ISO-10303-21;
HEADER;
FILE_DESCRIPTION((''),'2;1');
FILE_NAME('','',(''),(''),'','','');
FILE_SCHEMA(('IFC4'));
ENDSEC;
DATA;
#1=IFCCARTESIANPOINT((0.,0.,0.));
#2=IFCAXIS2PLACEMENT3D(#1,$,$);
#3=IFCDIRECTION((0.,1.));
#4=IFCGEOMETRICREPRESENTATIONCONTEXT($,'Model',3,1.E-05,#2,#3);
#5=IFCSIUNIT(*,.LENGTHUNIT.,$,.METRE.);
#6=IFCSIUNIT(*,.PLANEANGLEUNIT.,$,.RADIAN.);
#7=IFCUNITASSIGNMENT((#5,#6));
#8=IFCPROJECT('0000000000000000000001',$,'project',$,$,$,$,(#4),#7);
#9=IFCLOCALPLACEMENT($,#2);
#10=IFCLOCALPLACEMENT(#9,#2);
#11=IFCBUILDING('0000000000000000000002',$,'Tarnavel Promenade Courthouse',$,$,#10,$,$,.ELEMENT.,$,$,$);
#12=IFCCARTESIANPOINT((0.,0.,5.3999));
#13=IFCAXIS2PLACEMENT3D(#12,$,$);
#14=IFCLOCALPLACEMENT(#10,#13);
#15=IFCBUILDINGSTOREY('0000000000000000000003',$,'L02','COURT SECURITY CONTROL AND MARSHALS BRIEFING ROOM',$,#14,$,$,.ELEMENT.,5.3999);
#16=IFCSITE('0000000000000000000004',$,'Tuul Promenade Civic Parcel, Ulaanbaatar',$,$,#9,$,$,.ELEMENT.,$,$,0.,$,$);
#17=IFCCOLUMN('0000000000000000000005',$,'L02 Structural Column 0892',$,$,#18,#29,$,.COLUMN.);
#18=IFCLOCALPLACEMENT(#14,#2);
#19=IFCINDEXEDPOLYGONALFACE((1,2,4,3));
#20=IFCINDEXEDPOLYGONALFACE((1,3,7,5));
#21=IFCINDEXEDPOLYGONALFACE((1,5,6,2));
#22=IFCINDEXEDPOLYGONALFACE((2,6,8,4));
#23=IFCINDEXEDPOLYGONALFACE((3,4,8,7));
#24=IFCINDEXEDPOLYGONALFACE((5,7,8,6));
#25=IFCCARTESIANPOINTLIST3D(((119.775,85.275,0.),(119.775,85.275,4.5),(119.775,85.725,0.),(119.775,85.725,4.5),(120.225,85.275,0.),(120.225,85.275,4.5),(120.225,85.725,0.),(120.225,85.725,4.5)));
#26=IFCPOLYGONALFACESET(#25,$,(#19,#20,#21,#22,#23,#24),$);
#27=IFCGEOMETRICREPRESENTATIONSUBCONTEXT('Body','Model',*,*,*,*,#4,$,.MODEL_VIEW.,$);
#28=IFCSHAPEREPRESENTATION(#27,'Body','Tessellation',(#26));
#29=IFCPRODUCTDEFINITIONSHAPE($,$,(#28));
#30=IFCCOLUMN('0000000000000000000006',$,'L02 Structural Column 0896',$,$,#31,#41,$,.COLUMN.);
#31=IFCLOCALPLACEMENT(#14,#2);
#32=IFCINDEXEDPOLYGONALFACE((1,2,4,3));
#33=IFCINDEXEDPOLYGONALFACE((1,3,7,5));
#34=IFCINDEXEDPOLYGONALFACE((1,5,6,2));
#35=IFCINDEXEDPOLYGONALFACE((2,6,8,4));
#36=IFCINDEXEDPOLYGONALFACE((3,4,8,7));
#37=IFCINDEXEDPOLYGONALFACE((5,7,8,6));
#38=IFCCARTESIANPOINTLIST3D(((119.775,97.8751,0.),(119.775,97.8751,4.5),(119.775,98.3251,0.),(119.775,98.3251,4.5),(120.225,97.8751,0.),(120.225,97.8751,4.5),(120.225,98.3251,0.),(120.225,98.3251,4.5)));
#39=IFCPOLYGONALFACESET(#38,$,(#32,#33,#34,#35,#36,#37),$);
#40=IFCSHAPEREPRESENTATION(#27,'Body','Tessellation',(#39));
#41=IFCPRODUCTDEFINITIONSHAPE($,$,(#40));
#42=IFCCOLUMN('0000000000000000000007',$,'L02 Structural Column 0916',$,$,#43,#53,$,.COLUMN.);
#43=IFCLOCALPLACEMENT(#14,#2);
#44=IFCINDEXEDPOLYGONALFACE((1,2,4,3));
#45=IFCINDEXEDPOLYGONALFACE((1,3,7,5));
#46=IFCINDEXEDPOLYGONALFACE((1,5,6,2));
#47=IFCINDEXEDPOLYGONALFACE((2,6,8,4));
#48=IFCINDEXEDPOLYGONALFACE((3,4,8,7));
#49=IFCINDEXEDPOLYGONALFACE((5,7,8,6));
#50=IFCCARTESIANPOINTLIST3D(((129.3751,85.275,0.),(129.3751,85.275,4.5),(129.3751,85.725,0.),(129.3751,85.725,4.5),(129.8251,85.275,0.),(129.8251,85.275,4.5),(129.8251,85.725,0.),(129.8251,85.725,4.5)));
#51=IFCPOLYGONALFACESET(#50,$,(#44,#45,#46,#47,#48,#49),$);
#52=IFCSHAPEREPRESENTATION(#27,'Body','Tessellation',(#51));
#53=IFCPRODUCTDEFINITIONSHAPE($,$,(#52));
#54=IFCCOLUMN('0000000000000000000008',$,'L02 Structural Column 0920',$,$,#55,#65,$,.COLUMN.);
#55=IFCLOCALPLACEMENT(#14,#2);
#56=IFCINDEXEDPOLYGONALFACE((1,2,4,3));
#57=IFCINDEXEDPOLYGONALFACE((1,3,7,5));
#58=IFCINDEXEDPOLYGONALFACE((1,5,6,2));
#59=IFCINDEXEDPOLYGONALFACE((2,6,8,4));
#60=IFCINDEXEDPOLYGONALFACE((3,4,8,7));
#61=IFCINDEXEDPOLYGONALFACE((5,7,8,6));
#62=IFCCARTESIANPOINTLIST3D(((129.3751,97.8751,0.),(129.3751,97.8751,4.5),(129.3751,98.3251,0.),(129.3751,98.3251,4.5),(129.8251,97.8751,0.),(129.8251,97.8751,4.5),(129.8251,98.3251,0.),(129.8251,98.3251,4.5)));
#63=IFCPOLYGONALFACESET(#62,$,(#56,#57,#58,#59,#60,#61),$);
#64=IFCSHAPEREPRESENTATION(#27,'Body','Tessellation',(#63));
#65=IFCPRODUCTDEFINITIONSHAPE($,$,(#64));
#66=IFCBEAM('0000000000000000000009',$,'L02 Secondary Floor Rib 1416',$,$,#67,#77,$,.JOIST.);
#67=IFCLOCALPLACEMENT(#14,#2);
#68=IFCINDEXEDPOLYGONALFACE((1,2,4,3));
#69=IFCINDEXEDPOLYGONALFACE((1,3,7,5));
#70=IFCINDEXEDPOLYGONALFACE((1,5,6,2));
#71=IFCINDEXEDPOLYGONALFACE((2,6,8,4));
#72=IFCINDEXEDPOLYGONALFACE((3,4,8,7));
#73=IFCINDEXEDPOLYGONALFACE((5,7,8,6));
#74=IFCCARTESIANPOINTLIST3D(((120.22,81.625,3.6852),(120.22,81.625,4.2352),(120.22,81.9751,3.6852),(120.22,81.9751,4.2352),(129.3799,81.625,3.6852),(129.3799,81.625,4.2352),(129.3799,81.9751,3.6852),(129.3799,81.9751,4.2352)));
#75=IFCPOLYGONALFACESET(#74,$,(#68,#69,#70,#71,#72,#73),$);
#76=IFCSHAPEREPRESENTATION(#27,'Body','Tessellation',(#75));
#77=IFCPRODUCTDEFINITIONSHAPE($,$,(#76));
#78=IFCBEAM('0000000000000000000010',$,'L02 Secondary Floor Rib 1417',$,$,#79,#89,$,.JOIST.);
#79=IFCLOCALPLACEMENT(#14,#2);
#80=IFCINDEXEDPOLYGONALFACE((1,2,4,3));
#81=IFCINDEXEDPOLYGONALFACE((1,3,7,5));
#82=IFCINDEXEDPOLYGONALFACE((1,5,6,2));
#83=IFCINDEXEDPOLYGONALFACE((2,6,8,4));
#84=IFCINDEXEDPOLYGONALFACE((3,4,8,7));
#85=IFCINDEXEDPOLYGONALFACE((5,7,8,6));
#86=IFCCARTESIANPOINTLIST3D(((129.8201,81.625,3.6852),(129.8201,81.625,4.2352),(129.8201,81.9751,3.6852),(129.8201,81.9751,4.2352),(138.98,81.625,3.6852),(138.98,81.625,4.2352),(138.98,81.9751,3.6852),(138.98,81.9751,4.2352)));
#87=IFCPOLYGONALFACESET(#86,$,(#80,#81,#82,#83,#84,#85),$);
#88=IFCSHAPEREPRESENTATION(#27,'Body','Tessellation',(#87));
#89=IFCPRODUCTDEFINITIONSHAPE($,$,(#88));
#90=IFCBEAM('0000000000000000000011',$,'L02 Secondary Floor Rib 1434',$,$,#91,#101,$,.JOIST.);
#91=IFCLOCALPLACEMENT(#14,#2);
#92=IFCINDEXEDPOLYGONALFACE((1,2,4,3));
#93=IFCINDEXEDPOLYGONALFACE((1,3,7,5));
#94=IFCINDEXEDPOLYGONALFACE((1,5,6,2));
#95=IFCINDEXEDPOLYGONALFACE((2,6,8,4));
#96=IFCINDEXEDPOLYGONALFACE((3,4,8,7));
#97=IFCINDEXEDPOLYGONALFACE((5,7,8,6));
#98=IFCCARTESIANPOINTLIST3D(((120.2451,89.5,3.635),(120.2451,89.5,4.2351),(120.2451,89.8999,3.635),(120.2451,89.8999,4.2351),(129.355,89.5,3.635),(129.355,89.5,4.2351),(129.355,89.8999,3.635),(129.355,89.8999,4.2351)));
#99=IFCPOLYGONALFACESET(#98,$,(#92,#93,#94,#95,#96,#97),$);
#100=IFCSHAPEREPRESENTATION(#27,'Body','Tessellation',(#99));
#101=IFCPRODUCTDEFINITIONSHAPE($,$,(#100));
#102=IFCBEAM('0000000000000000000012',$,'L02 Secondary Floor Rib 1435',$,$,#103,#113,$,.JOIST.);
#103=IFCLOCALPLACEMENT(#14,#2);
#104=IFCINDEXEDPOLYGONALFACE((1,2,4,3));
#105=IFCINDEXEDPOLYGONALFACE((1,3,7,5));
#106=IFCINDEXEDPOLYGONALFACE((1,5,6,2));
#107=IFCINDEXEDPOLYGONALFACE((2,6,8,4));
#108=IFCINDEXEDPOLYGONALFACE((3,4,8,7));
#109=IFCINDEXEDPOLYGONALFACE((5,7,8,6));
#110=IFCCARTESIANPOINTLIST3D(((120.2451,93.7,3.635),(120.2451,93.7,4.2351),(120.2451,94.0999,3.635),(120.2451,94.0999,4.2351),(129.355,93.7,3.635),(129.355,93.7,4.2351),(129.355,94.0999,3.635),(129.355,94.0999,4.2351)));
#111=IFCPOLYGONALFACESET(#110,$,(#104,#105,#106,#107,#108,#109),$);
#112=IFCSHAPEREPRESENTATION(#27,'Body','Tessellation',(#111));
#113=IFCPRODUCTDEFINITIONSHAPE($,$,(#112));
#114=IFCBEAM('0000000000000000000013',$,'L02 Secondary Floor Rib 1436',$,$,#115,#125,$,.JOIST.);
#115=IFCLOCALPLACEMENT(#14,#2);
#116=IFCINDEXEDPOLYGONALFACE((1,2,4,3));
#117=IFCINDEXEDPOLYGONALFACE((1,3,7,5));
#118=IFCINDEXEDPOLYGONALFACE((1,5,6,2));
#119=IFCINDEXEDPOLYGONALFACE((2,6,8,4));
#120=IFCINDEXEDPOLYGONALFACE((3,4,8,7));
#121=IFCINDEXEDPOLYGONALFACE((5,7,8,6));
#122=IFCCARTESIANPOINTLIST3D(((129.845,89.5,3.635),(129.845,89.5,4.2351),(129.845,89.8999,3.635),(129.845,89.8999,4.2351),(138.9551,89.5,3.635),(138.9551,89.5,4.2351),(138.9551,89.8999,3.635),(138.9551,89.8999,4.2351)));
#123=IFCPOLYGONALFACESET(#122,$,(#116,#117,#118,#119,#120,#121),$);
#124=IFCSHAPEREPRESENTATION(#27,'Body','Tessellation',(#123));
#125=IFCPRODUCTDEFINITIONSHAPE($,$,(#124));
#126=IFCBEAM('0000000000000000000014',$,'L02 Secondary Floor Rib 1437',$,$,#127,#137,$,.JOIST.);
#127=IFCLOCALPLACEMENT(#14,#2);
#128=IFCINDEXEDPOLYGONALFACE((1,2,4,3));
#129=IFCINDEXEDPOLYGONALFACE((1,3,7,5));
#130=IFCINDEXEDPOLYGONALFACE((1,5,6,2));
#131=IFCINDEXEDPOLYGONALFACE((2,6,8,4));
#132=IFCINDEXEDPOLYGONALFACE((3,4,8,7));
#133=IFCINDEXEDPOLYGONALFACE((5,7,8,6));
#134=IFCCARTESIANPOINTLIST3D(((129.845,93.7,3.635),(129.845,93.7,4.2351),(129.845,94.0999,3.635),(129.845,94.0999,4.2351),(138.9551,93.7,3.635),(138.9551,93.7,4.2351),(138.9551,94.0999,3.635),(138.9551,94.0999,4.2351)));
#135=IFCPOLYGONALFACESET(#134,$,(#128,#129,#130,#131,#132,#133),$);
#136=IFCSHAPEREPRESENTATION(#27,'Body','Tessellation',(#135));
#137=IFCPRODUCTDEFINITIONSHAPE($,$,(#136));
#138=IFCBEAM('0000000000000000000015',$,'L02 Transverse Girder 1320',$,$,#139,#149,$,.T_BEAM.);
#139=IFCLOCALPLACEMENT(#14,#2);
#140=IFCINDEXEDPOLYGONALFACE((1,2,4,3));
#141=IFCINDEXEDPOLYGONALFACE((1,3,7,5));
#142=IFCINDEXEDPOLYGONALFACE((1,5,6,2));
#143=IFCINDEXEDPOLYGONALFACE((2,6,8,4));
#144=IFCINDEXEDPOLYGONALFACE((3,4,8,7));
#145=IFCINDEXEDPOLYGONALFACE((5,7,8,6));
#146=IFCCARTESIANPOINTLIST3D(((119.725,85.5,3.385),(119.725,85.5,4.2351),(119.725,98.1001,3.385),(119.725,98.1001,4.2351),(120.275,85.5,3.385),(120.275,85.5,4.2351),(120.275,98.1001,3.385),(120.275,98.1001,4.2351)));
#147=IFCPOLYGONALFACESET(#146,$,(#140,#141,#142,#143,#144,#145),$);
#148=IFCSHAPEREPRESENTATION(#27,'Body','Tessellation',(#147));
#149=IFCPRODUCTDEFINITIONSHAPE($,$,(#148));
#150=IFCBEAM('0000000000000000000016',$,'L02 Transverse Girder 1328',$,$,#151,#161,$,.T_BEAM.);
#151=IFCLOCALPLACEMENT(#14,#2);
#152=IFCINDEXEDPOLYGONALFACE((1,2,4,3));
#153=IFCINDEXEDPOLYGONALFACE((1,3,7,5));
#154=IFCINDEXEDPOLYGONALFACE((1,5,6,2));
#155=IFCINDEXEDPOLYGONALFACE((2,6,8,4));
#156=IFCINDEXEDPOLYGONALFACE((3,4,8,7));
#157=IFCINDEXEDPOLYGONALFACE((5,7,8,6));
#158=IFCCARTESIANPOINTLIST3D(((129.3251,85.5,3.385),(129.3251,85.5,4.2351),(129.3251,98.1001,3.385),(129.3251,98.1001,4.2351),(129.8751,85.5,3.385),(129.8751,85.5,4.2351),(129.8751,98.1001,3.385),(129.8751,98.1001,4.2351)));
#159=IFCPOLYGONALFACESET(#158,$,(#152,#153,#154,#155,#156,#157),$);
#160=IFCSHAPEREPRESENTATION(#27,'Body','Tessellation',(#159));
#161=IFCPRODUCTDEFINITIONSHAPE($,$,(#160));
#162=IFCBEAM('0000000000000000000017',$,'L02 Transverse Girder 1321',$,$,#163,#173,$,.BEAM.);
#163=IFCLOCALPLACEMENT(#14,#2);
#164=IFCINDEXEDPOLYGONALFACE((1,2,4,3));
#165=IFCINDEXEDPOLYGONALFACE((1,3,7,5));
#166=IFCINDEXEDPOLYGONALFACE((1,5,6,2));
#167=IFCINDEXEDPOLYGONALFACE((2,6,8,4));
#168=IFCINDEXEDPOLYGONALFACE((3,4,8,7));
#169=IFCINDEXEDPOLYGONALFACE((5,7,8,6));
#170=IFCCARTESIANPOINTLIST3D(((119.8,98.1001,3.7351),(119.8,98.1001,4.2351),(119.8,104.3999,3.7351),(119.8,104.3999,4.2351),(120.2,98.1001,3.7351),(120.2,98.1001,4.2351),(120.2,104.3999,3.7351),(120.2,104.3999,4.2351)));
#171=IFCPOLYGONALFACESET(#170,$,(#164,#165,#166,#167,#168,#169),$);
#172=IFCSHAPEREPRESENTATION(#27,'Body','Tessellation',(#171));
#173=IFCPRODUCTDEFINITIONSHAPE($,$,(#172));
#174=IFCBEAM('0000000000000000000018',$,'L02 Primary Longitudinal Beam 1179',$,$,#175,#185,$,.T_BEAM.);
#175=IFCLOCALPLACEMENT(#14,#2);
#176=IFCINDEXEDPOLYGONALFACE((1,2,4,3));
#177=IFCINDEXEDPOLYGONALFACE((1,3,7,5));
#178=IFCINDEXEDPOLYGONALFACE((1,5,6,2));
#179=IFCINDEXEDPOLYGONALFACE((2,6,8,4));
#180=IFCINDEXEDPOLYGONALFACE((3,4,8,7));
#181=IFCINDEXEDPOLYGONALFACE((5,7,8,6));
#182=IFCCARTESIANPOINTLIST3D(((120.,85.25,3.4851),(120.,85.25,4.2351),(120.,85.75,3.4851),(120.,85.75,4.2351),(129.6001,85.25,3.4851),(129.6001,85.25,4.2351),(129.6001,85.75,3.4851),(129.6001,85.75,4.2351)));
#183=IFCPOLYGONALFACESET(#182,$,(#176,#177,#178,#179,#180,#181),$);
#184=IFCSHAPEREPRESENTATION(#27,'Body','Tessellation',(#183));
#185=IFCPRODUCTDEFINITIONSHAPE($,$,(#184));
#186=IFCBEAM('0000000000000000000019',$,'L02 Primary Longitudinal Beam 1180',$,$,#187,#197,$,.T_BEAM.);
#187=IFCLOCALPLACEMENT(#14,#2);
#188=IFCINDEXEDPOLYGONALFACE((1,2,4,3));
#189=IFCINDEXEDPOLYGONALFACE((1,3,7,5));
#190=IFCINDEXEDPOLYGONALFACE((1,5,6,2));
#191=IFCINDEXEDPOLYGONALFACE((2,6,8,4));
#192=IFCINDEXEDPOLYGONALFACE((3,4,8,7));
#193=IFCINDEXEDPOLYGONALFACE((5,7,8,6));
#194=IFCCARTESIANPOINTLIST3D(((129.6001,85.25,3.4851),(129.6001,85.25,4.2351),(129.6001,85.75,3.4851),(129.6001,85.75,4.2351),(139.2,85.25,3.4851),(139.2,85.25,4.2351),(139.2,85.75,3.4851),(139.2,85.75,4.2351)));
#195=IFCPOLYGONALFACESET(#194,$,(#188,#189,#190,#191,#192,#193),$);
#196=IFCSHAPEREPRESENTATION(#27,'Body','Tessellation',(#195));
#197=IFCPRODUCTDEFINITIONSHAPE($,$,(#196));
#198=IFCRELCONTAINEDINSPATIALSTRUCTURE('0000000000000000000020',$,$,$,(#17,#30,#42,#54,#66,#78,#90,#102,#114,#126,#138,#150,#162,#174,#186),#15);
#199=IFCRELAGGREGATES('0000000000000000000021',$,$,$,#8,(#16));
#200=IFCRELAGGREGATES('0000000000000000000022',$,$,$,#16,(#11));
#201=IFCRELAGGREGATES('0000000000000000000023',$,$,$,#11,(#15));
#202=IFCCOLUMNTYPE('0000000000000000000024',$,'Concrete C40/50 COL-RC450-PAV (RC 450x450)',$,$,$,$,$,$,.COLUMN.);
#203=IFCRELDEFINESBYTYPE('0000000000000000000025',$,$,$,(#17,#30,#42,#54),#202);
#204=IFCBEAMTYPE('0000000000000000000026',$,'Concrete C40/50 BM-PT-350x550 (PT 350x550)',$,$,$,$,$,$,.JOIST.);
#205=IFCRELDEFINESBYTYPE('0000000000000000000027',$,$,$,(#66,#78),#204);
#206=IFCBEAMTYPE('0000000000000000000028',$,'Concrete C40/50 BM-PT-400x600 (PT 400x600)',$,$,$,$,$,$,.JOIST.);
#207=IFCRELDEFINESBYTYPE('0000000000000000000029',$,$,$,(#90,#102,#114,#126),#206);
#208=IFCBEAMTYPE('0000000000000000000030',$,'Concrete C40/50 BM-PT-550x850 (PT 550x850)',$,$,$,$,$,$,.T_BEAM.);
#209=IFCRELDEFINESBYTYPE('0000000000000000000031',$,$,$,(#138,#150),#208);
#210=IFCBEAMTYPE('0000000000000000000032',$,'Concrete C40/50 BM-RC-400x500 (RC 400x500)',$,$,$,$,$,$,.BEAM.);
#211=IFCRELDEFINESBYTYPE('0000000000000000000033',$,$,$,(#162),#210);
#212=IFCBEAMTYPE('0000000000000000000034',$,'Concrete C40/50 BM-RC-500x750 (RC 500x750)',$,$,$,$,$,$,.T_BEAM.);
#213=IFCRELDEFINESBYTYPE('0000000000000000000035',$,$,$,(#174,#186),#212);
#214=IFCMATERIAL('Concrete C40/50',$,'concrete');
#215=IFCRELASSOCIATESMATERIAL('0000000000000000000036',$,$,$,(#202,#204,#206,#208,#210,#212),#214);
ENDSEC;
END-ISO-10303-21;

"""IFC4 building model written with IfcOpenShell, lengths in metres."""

from ifc_helpers import new_model, si_unit, direction, frame, origin, origin_2d, place, context, subcontext, project, spatial, rectangle, extrude, material, material_profile, profile_set, type_object, element, save


model = new_model("IFC4")

# Units and contexts
model_context = context("Model", 3, precision=1e-05, world=origin(), true_north=direction((0.0, 1.0)))
body_context = subcontext(model_context, "Body", "Model", "MODEL_VIEW")
ifc_project = project(units=[si_unit("LENGTHUNIT", "METRE"), si_unit("PLANEANGLEUNIT", "RADIAN")], contexts=[model_context])

# Site, building, storey
site_placement = place(None, origin())
site = spatial("IfcSite", under=ifc_project, at=site_placement, Name="Tuul Promenade Civic Parcel, Ulaanbaatar", CompositionType="ELEMENT", RefElevation=0.0)
building_placement = place(site_placement, origin())
building = spatial("IfcBuilding", under=site, at=building_placement, Name="Tarnavel Promenade Courthouse", CompositionType="ELEMENT")
storey_placement = place(building_placement, frame((0.0, 0.0, 5.3999)))
storey = spatial("IfcBuildingStorey", under=building, at=storey_placement, Name="L02", Description="COURT SECURITY CONTROL AND MARSHALS BRIEFING ROOM", CompositionType="ELEMENT", Elevation=5.3999)

# Columns
ifc_material_1 = material(Name="Concrete C40/50", Category="concrete")
ifc_material_profile_1 = material_profile(ifc_material_1, rectangle(XDim=0.45, YDim=0.45, at=origin_2d()), Name="RC 450x450")
ifc_profile_set_1 = profile_set([ifc_material_profile_1], Name="Concrete C40/50")
column_type = type_object("IfcColumnType", Name="Concrete C40/50 COL-RC450-PAV (RC 450x450)", PredefinedType="COLUMN", material=ifc_profile_set_1)
for number, where, z_axis, x_axis, name in (
    (1, (120.0, 85.5, 0.0), (0.0, 0.0, 1.0), (1.0, 0.0, 0.0), "L02 Structural Column 0892"),
    (2, (120.0, 98.1001, 0.0), (0.0, 0.0, 1.0), (1.0, 0.0, 0.0), "L02 Structural Column 0896"),
    (3, (129.6001, 85.5, 0.0), (0.0, 0.0, 1.0), (1.0, 0.0, 0.0), "L02 Structural Column 0916"),
    (4, (129.6001, 98.1001, 0.0), (0.0, 0.0, 1.0), (1.0, 0.0, 0.0), "L02 Structural Column 0920"),
):
    element("IfcColumn", number, at=place(storey_placement, frame(where, z_axis=z_axis, x_axis=x_axis)), inside=storey, type_object=column_type, Name=name, PredefinedType="COLUMN", context=body_context, shape_type="SweptSolid", body=[
        extrude(rectangle(XDim=0.45, YDim=0.45, at=origin_2d()), origin(), (0.0, 0.0, 1.0), 4.5),
    ])

# Beams
ifc_material_profile_2 = material_profile(ifc_material_1, rectangle(XDim=0.3501, YDim=0.55, at=origin_2d()), Name="PT 350x550")
ifc_profile_set_2 = profile_set([ifc_material_profile_2], Name="Concrete C40/50")
beam_type_1 = type_object("IfcBeamType", Name="Concrete C40/50 BM-PT-350x550 (PT 350x550)", PredefinedType="JOIST", material=ifc_profile_set_2)
for number, where, z_axis, x_axis, name in (
    (5, (120.22, 81.8, 3.9602), (1.0, 0.0, 0.0), (0.0, 1.0, 0.0), "L02 Secondary Floor Rib 1416"),
    (6, (129.8201, 81.8, 3.9602), (1.0, 0.0, 0.0), (0.0, 1.0, 0.0), "L02 Secondary Floor Rib 1417"),
):
    element("IfcBeam", number, at=place(storey_placement, frame(where, z_axis=z_axis, x_axis=x_axis)), inside=storey, type_object=beam_type_1, Name=name, PredefinedType="JOIST", context=body_context, shape_type="SweptSolid", body=[
        extrude(rectangle(XDim=0.3501, YDim=0.55, at=origin_2d()), origin(), (0.0, 0.0, 1.0), 9.1599),
    ])
ifc_material_profile_3 = material_profile(ifc_material_1, rectangle(XDim=0.3999, YDim=0.6001, at=origin_2d()), Name="PT 400x600")
ifc_profile_set_3 = profile_set([ifc_material_profile_3], Name="Concrete C40/50")
beam_type_2 = type_object("IfcBeamType", Name="Concrete C40/50 BM-PT-400x600 (PT 400x600)", PredefinedType="JOIST", material=ifc_profile_set_3)
for number, where, z_axis, x_axis, name in (
    (7, (120.2451, 89.7, 3.9351), (1.0, 0.0, 0.0), (0.0, 1.0, 0.0), "L02 Secondary Floor Rib 1434"),
    (8, (120.2451, 93.8999, 3.9351), (1.0, 0.0, 0.0), (0.0, 1.0, 0.0), "L02 Secondary Floor Rib 1435"),
):
    element("IfcBeam", number, at=place(storey_placement, frame(where, z_axis=z_axis, x_axis=x_axis)), inside=storey, type_object=beam_type_2, Name=name, PredefinedType="JOIST", context=body_context, shape_type="SweptSolid", body=[
        extrude(rectangle(XDim=0.3999, YDim=0.6001, at=origin_2d()), origin(), (0.0, 0.0, 1.0), 9.1099),
    ])
for number, where, z_axis, x_axis, name in (
    (9, (129.845, 89.7, 3.9351), (1.0, 0.0, 0.0), (0.0, 1.0, 0.0), "L02 Secondary Floor Rib 1436"),
    (10, (129.845, 93.8999, 3.9351), (1.0, 0.0, 0.0), (0.0, 1.0, 0.0), "L02 Secondary Floor Rib 1437"),
):
    element("IfcBeam", number, at=place(storey_placement, frame(where, z_axis=z_axis, x_axis=x_axis)), inside=storey, type_object=beam_type_2, Name=name, PredefinedType="JOIST", context=body_context, shape_type="SweptSolid", body=[
        extrude(rectangle(XDim=0.3999, YDim=0.6001, at=origin_2d()), origin(), (0.0, 0.0, 1.0), 9.1101),
    ])
ifc_material_profile_4 = material_profile(ifc_material_1, rectangle(XDim=0.55, YDim=0.8501, at=origin_2d()), Name="PT 550x850")
ifc_profile_set_4 = profile_set([ifc_material_profile_4], Name="Concrete C40/50")
beam_type_3 = type_object("IfcBeamType", Name="Concrete C40/50 BM-PT-550x850 (PT 550x850)", PredefinedType="T_BEAM", material=ifc_profile_set_4)
for number, where, z_axis, x_axis, name in (
    (11, (120.0, 85.5, 3.8101), (0.0, 1.0, 0.0), (-1.0, 0.0, 0.0), "L02 Transverse Girder 1320"),
    (12, (129.6001, 85.5, 3.8101), (0.0, 1.0, 0.0), (-1.0, 0.0, 0.0), "L02 Transverse Girder 1328"),
):
    element("IfcBeam", number, at=place(storey_placement, frame(where, z_axis=z_axis, x_axis=x_axis)), inside=storey, type_object=beam_type_3, Name=name, PredefinedType="T_BEAM", context=body_context, shape_type="SweptSolid", body=[
        extrude(rectangle(XDim=0.55, YDim=0.8501, at=origin_2d()), origin(), (0.0, 0.0, 1.0), 12.6001),
    ])
ifc_material_profile_5 = material_profile(ifc_material_1, rectangle(XDim=0.3999, YDim=0.5, at=origin_2d()), Name="RC 400x500")
ifc_profile_set_5 = profile_set([ifc_material_profile_5], Name="Concrete C40/50")
beam_type_4 = type_object("IfcBeamType", Name="Concrete C40/50 BM-RC-400x500 (RC 400x500)", PredefinedType="BEAM", material=ifc_profile_set_5)
beam_1_placement = place(storey_placement, frame((120.0, 98.1001, 3.9851), z_axis=(0.0, 1.0, 0.0), x_axis=(-1.0, 0.0, 0.0)))
element("IfcBeam", 13, at=beam_1_placement, inside=storey, type_object=beam_type_4, Name="L02 Transverse Girder 1321", PredefinedType="BEAM", context=body_context, shape_type="SweptSolid", body=[
    extrude(rectangle(XDim=0.3999, YDim=0.5, at=origin_2d()), origin(), (0.0, 0.0, 1.0), 6.2998),
])
ifc_material_profile_6 = material_profile(ifc_material_1, rectangle(XDim=0.5, YDim=0.75, at=origin_2d()), Name="RC 500x750")
ifc_profile_set_6 = profile_set([ifc_material_profile_6], Name="Concrete C40/50")
beam_type_5 = type_object("IfcBeamType", Name="Concrete C40/50 BM-RC-500x750 (RC 500x750)", PredefinedType="T_BEAM", material=ifc_profile_set_6)
beam_2_placement = place(storey_placement, frame((120.0, 85.5, 3.8601), z_axis=(1.0, 0.0, 0.0), x_axis=(0.0, 1.0, 0.0)))
element("IfcBeam", 14, at=beam_2_placement, inside=storey, type_object=beam_type_5, Name="L02 Primary Longitudinal Beam 1179", PredefinedType="T_BEAM", context=body_context, shape_type="SweptSolid", body=[
    extrude(rectangle(XDim=0.5, YDim=0.75, at=origin_2d()), origin(), (0.0, 0.0, 1.0), 9.6001),
])
beam_3_placement = place(storey_placement, frame((129.6001, 85.5, 3.8601), z_axis=(1.0, 0.0, 0.0), x_axis=(0.0, 1.0, 0.0)))
element("IfcBeam", 15, at=beam_3_placement, inside=storey, type_object=beam_type_5, Name="L02 Primary Longitudinal Beam 1180", PredefinedType="T_BEAM", context=body_context, shape_type="SweptSolid", body=[
    extrude(rectangle(XDim=0.5, YDim=0.75, at=origin_2d()), origin(), (0.0, 0.0, 1.0), 9.5999),
])

save(model, "model.ifc")
